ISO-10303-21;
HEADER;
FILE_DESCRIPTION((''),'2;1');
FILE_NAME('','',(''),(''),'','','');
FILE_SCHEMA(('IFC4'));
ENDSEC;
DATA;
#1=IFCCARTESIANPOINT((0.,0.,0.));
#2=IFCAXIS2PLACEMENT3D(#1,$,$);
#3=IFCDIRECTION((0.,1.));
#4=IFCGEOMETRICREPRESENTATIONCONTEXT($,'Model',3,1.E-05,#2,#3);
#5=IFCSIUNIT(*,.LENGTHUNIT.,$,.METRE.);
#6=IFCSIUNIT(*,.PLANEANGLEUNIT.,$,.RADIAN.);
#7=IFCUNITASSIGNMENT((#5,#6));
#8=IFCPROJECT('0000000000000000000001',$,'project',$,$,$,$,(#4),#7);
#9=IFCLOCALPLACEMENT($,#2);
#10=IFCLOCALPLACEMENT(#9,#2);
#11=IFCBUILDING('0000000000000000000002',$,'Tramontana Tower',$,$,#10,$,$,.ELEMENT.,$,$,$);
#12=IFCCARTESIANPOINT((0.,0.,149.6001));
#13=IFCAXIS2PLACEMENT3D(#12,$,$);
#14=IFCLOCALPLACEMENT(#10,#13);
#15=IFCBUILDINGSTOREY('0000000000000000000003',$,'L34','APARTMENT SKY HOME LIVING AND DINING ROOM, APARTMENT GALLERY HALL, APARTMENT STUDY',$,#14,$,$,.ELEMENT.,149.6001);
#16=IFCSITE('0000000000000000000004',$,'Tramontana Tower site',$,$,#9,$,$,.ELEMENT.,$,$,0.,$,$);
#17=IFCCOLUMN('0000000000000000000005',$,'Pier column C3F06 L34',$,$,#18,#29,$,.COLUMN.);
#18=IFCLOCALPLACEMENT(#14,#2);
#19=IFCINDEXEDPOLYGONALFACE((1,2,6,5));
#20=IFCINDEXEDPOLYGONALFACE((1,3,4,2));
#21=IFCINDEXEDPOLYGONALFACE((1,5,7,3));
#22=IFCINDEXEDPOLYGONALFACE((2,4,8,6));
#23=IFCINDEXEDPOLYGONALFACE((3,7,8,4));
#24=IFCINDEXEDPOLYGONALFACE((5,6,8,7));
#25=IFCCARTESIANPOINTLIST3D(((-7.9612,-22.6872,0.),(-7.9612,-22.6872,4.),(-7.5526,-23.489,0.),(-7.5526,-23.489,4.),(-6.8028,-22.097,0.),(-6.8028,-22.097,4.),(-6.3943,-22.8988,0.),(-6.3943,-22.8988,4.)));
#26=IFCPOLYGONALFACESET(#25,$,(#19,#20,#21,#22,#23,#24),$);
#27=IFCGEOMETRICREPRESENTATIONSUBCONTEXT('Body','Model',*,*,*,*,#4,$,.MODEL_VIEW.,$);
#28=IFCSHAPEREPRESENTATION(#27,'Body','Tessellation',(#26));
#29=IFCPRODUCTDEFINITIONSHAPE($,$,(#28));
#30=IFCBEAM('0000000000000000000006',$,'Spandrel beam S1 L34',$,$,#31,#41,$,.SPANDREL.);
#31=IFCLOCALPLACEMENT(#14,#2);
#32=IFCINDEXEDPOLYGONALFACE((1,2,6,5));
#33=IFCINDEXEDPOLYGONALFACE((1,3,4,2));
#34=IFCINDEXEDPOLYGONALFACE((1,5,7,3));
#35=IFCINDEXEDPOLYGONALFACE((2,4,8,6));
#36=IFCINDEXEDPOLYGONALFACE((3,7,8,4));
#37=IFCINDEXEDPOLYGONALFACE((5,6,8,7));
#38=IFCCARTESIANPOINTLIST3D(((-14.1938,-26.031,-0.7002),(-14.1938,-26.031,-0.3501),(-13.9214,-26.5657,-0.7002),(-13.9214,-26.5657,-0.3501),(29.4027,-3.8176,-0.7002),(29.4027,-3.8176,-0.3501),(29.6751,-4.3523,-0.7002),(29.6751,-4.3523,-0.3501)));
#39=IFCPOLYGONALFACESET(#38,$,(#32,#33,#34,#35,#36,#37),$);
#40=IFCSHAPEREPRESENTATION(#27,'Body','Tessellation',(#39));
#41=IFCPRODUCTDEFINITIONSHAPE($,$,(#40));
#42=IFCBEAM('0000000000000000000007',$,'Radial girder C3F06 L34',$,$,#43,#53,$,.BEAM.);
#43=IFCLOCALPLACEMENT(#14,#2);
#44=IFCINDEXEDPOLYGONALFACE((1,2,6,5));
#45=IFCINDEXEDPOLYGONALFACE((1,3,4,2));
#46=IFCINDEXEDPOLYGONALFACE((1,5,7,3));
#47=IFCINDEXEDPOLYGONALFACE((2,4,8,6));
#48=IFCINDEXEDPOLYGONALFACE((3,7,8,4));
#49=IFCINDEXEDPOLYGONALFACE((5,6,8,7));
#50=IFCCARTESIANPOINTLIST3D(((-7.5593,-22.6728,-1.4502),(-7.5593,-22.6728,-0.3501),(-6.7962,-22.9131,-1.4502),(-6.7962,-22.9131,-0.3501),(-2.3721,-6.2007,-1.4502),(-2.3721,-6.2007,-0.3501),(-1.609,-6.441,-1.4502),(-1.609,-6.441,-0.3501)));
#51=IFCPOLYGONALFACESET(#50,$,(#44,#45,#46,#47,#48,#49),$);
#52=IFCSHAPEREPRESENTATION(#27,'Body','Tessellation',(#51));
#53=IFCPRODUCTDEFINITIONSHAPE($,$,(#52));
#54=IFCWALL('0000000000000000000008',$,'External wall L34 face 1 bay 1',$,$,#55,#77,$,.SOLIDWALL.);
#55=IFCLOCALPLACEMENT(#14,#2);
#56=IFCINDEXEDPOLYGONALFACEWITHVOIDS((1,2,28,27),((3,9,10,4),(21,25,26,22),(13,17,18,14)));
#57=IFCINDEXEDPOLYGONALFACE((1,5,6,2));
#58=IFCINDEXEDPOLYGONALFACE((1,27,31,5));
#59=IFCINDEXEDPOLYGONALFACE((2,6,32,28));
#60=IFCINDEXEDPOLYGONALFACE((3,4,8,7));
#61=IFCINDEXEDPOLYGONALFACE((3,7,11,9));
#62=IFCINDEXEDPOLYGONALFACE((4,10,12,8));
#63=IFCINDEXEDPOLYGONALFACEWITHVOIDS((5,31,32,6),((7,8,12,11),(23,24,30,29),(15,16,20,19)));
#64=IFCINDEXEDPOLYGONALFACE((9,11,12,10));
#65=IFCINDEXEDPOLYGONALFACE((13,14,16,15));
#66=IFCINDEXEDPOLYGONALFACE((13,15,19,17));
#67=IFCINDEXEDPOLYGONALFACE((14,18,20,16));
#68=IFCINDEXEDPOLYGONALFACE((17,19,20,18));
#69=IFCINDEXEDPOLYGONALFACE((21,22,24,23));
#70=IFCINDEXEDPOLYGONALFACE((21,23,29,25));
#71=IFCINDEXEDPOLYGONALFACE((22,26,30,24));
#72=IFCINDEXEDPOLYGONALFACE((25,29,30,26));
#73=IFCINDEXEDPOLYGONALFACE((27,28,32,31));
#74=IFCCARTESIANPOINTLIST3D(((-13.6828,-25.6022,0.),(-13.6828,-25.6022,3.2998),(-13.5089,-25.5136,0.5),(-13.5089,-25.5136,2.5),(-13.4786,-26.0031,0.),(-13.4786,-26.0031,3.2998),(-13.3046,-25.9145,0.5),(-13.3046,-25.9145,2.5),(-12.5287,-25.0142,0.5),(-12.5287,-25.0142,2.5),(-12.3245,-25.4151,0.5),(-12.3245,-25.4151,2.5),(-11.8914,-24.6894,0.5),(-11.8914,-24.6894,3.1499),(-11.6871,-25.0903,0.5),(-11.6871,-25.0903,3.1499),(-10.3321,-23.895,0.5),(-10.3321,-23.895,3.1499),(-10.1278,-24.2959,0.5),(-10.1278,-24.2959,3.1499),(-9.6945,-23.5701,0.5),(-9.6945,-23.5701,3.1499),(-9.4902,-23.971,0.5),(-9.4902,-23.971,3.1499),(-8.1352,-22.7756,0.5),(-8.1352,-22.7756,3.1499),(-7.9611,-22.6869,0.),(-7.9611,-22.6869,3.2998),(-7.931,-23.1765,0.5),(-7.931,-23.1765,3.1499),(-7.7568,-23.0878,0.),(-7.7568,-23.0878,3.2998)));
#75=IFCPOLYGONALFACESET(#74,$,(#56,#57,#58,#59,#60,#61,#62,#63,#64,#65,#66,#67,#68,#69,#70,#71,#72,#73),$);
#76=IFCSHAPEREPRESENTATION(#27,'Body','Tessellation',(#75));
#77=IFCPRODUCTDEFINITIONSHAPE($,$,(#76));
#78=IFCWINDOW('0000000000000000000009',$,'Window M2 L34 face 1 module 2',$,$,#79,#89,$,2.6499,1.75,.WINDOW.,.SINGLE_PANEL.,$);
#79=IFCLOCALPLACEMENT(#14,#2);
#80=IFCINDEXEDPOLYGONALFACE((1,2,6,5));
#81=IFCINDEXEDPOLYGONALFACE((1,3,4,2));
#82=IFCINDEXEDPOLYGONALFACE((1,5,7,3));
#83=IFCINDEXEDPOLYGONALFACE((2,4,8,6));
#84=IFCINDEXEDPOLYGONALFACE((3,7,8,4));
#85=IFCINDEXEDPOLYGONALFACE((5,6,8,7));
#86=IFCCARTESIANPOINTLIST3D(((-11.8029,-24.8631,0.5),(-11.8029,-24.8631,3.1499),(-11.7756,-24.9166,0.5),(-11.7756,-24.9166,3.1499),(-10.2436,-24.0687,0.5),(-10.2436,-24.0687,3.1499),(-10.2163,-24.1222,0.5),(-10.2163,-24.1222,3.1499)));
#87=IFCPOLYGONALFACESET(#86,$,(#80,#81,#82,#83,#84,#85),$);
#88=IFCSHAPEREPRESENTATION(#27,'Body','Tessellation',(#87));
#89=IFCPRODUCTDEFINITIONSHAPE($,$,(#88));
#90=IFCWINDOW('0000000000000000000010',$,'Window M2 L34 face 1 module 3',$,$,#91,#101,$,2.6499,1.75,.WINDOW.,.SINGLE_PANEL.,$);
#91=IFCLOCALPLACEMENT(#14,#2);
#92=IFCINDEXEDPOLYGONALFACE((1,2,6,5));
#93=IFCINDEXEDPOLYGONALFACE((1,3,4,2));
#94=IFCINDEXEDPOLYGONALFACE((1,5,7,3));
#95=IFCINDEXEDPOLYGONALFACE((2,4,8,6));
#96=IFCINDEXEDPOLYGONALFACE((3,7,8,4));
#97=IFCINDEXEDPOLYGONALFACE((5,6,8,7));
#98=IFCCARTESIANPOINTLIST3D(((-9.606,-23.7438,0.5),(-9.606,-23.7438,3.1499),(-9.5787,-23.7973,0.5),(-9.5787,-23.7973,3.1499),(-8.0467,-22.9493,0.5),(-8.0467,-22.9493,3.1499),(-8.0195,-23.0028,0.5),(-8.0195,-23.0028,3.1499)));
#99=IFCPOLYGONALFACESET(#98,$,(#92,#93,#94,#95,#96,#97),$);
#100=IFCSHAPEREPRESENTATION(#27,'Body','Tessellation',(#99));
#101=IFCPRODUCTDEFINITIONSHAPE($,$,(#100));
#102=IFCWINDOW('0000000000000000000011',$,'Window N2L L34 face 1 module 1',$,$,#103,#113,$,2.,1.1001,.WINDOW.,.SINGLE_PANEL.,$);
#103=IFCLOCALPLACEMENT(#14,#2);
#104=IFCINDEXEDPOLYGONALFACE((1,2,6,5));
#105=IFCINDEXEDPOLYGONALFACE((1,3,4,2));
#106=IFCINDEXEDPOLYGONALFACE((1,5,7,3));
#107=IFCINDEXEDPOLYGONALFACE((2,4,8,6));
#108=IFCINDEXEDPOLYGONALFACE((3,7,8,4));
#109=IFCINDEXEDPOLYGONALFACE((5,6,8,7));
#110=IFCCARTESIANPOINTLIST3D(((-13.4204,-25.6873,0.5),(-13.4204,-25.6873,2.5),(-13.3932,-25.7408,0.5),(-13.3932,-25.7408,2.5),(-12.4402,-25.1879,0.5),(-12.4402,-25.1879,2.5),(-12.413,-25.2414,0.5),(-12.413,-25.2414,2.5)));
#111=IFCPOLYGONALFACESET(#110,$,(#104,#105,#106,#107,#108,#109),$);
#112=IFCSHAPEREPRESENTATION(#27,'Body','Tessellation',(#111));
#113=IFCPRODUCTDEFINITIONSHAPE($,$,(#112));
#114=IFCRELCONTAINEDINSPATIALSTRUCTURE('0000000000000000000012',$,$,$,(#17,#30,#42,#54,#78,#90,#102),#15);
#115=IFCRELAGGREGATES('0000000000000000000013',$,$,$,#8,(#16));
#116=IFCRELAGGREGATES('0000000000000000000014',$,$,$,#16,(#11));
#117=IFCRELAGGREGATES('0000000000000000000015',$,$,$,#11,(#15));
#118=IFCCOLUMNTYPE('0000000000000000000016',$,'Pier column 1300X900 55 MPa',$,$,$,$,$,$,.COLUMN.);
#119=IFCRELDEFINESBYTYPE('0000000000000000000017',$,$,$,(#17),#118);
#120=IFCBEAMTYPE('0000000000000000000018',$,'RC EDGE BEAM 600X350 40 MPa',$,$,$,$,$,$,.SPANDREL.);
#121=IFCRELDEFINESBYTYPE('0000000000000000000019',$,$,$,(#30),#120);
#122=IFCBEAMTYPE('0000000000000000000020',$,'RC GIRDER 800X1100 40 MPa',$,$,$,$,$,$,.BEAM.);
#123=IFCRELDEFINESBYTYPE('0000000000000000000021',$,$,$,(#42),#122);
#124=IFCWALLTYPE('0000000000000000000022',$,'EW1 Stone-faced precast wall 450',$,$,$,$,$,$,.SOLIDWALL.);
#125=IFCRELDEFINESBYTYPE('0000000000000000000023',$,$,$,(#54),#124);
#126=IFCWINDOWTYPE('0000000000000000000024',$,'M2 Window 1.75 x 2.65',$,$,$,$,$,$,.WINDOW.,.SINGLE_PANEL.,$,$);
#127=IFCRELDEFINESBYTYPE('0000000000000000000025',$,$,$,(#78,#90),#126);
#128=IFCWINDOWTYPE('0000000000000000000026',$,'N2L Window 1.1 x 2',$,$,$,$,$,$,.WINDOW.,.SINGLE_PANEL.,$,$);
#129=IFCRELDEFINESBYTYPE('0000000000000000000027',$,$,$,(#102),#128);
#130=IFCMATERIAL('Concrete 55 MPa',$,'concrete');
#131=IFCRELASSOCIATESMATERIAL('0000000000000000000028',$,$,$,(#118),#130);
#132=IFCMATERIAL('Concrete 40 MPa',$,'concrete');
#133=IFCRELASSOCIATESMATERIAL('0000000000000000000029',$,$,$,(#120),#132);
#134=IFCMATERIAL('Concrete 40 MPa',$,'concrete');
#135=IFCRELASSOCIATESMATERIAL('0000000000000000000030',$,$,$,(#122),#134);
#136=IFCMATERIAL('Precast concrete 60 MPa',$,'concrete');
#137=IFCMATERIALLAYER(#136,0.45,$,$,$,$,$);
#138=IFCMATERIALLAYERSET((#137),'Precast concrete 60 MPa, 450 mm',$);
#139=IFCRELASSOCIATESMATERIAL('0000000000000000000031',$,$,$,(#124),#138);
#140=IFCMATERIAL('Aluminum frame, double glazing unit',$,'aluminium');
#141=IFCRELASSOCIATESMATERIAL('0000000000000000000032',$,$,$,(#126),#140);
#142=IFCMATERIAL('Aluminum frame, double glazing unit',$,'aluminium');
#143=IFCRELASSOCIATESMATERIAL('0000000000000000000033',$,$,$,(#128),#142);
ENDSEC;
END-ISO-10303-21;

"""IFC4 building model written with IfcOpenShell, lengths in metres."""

from ifc_helpers import new_model, si_unit, direction, frame, frame_2d, origin, origin_2d, place, context, subcontext, project, spatial, rectangle, extrude, material, layer, layer_set, material_profile, profile_set, type_object, element, fill, save


model = new_model("IFC4")

# Units and contexts
model_context = context("Model", 3, precision=1e-05, world=origin(), true_north=direction((0.0, 1.0)))
body_context = subcontext(model_context, "Body", "Model", "MODEL_VIEW")
ifc_project = project(units=[si_unit("LENGTHUNIT", "METRE"), si_unit("PLANEANGLEUNIT", "RADIAN")], contexts=[model_context])

# Site, building, storey
site_placement = place(None, origin())
site = spatial("IfcSite", under=ifc_project, at=site_placement, Name="Tramontana Tower site", CompositionType="ELEMENT", RefElevation=0.0)
building_placement = place(site_placement, origin())
building = spatial("IfcBuilding", under=site, at=building_placement, Name="Tramontana Tower", CompositionType="ELEMENT")
storey_placement = place(building_placement, frame((0.0, 0.0, 149.6001)))
storey = spatial("IfcBuildingStorey", under=building, at=storey_placement, Name="L34", Description="APARTMENT SKY HOME LIVING AND DINING ROOM, APARTMENT GALLERY HALL, APARTMENT STUDY", CompositionType="ELEMENT", Elevation=149.6001)

# Column
ifc_material_1 = material(Name="Concrete 55 MPa", Category="concrete")
ifc_material_profile_1 = material_profile(ifc_material_1, rectangle(XDim=1.3, YDim=0.8999, at=origin_2d()), Name="Pier column 1300X900 55 MPa")
ifc_profile_set_1 = profile_set([ifc_material_profile_1], Name="Concrete 55 MPa")
column_type = type_object("IfcColumnType", Name="Pier column 1300X900 55 MPa", PredefinedType="COLUMN", material=ifc_profile_set_1)
column_placement = place(storey_placement, frame((-7.1777, -22.793, 0.0), z_axis=(0.0, 0.0, 1.0), x_axis=(0.891007, 0.45399, 0.0)))
element("IfcColumn", 1, at=column_placement, inside=storey, type_object=column_type, Name="Pier column C3F06 L34", PredefinedType="COLUMN", context=body_context, shape_type="SweptSolid", body=[
    extrude(rectangle(XDim=1.3, YDim=0.8999, at=origin_2d()), origin(), (0.0, 0.0, 1.0), 4.0),
])

# Beams
ifc_material_2 = material(Name="Concrete 40 MPa", Category="concrete")
ifc_material_profile_2 = material_profile(ifc_material_2, rectangle(XDim=0.6001, YDim=0.3501, at=origin_2d()), Name="RC EDGE BEAM 600X350 40 MPa")
ifc_profile_set_2 = profile_set([ifc_material_profile_2], Name="Concrete 40 MPa")
beam_type_1 = type_object("IfcBeamType", Name="RC EDGE BEAM 600X350 40 MPa", PredefinedType="SPANDREL", material=ifc_profile_set_2)
beam_1_placement = place(storey_placement, frame((-14.0576, -26.2983, -0.5251), z_axis=(0.891007, 0.453989, 0.0), x_axis=(-0.453989, 0.891007, 0.0)))
element("IfcBeam", 2, at=beam_1_placement, inside=storey, type_object=beam_type_1, Name="Spandrel beam S1 L34", PredefinedType="SPANDREL", context=body_context, shape_type="SweptSolid", body=[
    extrude(rectangle(XDim=0.6001, YDim=0.3501, at=origin_2d()), origin(), (0.0, 0.0, 1.0), 48.9294),
])
ifc_material_3 = material(Name="Concrete 40 MPa", Category="concrete")
ifc_material_profile_3 = material_profile(ifc_material_3, rectangle(XDim=0.8, YDim=1.1001, at=origin_2d()), Name="RC GIRDER 800X1100 40 MPa")
ifc_profile_set_3 = profile_set([ifc_material_profile_3], Name="Concrete 40 MPa")
beam_type_2 = type_object("IfcBeamType", Name="RC GIRDER 800X1100 40 MPa", PredefinedType="BEAM", material=ifc_profile_set_3)
beam_2_placement = place(storey_placement, frame((-7.1777, -22.793, -0.9001), z_axis=(0.300369, 0.953823, 0.0), x_axis=(-0.953823, 0.300369, 0.0)))
element("IfcBeam", 3, at=beam_2_placement, inside=storey, type_object=beam_type_2, Name="Radial girder C3F06 L34", PredefinedType="BEAM", context=body_context, shape_type="SweptSolid", body=[
    extrude(rectangle(XDim=0.8, YDim=1.1001, at=origin_2d()), origin(), (0.0, 0.0, 1.0), 17.2695),
])

# Wall, openings, windows
ifc_material_4 = material(Name="Precast concrete 60 MPa", Category="concrete")
ifc_layer_1 = layer(ifc_material_4, 0.45)
ifc_layer_set_1 = layer_set([ifc_layer_1], Name="Precast concrete 60 MPa, 450 mm")
wall_type_1 = type_object("IfcWallType", Name="EW1 Stone-faced precast wall 450", PredefinedType="SOLIDWALL", material=ifc_layer_set_1)
wall_1_placement = place(storey_placement, frame((-13.5808, -25.8027, 0.0), z_axis=(0.0, 0.0, 1.0), x_axis=(0.89101, 0.453983, 0.0)))
wall_1 = element("IfcWall", 4, at=wall_1_placement, inside=storey, type_object=wall_type_1, Name="External wall L34 face 1 bay 1", PredefinedType="SOLIDWALL", context=body_context, shape_type="SweptSolid", body=[
    extrude(rectangle(XDim=6.4216, YDim=0.45, at=frame_2d((3.2109, 0.0))), origin(), (0.0, 0.0, 1.0), 3.2998),
])
opening_1_placement = place(wall_1_placement, frame((0.1953, 0.0, 0.5)))
opening_1 = element("IfcOpeningElement", 5, at=opening_1_placement, cuts=wall_1, PredefinedType="OPENING", context=body_context, shape_type="SweptSolid", body=[
    extrude(rectangle(XDim=1.1001, YDim=2.0, at=frame_2d((0.55, 1.0))), frame((0.0, 0.2349, 0.0), z_axis=(0.0, -1.0, 0.0), x_axis=(1.0, 0.0, 0.0)), (0.0, 0.0, 1.0), 0.47),
])
opening_2_placement = place(wall_1_placement, frame((2.0107, 0.0, 0.5)))
opening_2 = element("IfcOpeningElement", 6, at=opening_2_placement, cuts=wall_1, PredefinedType="OPENING", context=body_context, shape_type="SweptSolid", body=[
    extrude(rectangle(XDim=1.75, YDim=2.6499, at=frame_2d((0.875, 1.325))), frame((0.0, 0.2349, 0.0), z_axis=(0.0, -1.0, 0.0), x_axis=(1.0, 0.0, 0.0)), (0.0, 0.0, 1.0), 0.47),
])
opening_3_placement = place(wall_1_placement, frame((4.4763, 0.0, 0.5)))
opening_3 = element("IfcOpeningElement", 7, at=opening_3_placement, cuts=wall_1, PredefinedType="OPENING", context=body_context, shape_type="SweptSolid", body=[
    extrude(rectangle(XDim=1.75, YDim=2.6499, at=frame_2d((0.875, 1.325))), frame((0.0, 0.2349, 0.0), z_axis=(0.0, -1.0, 0.0), x_axis=(1.0, 0.0, 0.0)), (0.0, 0.0, 1.0), 0.47),
])
ifc_material_5 = material(Name="Aluminum frame, double glazing unit", Category="aluminium")
window_type_1 = type_object("IfcWindowType", Name="M2 Window 1.75 x 2.65", PartitioningType="SINGLE_PANEL", PredefinedType="WINDOW", material=ifc_material_5)
window_1_placement = place(opening_2_placement, origin())
window_1 = element("IfcWindow", 8, at=window_1_placement, inside=storey, type_object=window_type_1, Name="Window M2 L34 face 1 module 2", OverallHeight=2.6499, OverallWidth=1.75, PartitioningType="SINGLE_PANEL", PredefinedType="WINDOW", context=body_context, shape_type="SweptSolid", body=[
    extrude(rectangle(XDim=1.75, YDim=2.6499, at=frame_2d((0.875, 1.325))), frame((0.0, 0.03, 0.0), z_axis=(0.0, -1.0, 0.0), x_axis=(1.0, 0.0, 0.0)), (0.0, 0.0, 1.0), 0.0601),
])
fill(opening_2, window_1)
window_2_placement = place(opening_3_placement, origin())
window_2 = element("IfcWindow", 9, at=window_2_placement, inside=storey, type_object=window_type_1, Name="Window M2 L34 face 1 module 3", OverallHeight=2.6499, OverallWidth=1.75, PartitioningType="SINGLE_PANEL", PredefinedType="WINDOW", context=body_context, shape_type="SweptSolid", body=[
    extrude(rectangle(XDim=1.75, YDim=2.6499, at=frame_2d((0.875, 1.325))), frame((0.0, 0.03, 0.0), z_axis=(0.0, -1.0, 0.0), x_axis=(1.0, 0.0, 0.0)), (0.0, 0.0, 1.0), 0.0601),
])
fill(opening_3, window_2)
ifc_material_6 = material(Name="Aluminum frame, double glazing unit", Category="aluminium")
window_type_2 = type_object("IfcWindowType", Name="N2L Window 1.1 x 2", PartitioningType="SINGLE_PANEL", PredefinedType="WINDOW", material=ifc_material_6)
window_3_placement = place(opening_1_placement, origin())
window_3 = element("IfcWindow", 10, at=window_3_placement, inside=storey, type_object=window_type_2, Name="Window N2L L34 face 1 module 1", OverallHeight=2.0, OverallWidth=1.1001, PartitioningType="SINGLE_PANEL", PredefinedType="WINDOW", context=body_context, shape_type="SweptSolid", body=[
    extrude(rectangle(XDim=1.1001, YDim=2.0, at=frame_2d((0.55, 1.0))), frame((0.0, 0.03, 0.0), z_axis=(0.0, -1.0, 0.0), x_axis=(1.0, 0.0, 0.0)), (0.0, 0.0, 1.0), 0.0601),
])
fill(opening_1, window_3)

save(model, "model.ifc")
